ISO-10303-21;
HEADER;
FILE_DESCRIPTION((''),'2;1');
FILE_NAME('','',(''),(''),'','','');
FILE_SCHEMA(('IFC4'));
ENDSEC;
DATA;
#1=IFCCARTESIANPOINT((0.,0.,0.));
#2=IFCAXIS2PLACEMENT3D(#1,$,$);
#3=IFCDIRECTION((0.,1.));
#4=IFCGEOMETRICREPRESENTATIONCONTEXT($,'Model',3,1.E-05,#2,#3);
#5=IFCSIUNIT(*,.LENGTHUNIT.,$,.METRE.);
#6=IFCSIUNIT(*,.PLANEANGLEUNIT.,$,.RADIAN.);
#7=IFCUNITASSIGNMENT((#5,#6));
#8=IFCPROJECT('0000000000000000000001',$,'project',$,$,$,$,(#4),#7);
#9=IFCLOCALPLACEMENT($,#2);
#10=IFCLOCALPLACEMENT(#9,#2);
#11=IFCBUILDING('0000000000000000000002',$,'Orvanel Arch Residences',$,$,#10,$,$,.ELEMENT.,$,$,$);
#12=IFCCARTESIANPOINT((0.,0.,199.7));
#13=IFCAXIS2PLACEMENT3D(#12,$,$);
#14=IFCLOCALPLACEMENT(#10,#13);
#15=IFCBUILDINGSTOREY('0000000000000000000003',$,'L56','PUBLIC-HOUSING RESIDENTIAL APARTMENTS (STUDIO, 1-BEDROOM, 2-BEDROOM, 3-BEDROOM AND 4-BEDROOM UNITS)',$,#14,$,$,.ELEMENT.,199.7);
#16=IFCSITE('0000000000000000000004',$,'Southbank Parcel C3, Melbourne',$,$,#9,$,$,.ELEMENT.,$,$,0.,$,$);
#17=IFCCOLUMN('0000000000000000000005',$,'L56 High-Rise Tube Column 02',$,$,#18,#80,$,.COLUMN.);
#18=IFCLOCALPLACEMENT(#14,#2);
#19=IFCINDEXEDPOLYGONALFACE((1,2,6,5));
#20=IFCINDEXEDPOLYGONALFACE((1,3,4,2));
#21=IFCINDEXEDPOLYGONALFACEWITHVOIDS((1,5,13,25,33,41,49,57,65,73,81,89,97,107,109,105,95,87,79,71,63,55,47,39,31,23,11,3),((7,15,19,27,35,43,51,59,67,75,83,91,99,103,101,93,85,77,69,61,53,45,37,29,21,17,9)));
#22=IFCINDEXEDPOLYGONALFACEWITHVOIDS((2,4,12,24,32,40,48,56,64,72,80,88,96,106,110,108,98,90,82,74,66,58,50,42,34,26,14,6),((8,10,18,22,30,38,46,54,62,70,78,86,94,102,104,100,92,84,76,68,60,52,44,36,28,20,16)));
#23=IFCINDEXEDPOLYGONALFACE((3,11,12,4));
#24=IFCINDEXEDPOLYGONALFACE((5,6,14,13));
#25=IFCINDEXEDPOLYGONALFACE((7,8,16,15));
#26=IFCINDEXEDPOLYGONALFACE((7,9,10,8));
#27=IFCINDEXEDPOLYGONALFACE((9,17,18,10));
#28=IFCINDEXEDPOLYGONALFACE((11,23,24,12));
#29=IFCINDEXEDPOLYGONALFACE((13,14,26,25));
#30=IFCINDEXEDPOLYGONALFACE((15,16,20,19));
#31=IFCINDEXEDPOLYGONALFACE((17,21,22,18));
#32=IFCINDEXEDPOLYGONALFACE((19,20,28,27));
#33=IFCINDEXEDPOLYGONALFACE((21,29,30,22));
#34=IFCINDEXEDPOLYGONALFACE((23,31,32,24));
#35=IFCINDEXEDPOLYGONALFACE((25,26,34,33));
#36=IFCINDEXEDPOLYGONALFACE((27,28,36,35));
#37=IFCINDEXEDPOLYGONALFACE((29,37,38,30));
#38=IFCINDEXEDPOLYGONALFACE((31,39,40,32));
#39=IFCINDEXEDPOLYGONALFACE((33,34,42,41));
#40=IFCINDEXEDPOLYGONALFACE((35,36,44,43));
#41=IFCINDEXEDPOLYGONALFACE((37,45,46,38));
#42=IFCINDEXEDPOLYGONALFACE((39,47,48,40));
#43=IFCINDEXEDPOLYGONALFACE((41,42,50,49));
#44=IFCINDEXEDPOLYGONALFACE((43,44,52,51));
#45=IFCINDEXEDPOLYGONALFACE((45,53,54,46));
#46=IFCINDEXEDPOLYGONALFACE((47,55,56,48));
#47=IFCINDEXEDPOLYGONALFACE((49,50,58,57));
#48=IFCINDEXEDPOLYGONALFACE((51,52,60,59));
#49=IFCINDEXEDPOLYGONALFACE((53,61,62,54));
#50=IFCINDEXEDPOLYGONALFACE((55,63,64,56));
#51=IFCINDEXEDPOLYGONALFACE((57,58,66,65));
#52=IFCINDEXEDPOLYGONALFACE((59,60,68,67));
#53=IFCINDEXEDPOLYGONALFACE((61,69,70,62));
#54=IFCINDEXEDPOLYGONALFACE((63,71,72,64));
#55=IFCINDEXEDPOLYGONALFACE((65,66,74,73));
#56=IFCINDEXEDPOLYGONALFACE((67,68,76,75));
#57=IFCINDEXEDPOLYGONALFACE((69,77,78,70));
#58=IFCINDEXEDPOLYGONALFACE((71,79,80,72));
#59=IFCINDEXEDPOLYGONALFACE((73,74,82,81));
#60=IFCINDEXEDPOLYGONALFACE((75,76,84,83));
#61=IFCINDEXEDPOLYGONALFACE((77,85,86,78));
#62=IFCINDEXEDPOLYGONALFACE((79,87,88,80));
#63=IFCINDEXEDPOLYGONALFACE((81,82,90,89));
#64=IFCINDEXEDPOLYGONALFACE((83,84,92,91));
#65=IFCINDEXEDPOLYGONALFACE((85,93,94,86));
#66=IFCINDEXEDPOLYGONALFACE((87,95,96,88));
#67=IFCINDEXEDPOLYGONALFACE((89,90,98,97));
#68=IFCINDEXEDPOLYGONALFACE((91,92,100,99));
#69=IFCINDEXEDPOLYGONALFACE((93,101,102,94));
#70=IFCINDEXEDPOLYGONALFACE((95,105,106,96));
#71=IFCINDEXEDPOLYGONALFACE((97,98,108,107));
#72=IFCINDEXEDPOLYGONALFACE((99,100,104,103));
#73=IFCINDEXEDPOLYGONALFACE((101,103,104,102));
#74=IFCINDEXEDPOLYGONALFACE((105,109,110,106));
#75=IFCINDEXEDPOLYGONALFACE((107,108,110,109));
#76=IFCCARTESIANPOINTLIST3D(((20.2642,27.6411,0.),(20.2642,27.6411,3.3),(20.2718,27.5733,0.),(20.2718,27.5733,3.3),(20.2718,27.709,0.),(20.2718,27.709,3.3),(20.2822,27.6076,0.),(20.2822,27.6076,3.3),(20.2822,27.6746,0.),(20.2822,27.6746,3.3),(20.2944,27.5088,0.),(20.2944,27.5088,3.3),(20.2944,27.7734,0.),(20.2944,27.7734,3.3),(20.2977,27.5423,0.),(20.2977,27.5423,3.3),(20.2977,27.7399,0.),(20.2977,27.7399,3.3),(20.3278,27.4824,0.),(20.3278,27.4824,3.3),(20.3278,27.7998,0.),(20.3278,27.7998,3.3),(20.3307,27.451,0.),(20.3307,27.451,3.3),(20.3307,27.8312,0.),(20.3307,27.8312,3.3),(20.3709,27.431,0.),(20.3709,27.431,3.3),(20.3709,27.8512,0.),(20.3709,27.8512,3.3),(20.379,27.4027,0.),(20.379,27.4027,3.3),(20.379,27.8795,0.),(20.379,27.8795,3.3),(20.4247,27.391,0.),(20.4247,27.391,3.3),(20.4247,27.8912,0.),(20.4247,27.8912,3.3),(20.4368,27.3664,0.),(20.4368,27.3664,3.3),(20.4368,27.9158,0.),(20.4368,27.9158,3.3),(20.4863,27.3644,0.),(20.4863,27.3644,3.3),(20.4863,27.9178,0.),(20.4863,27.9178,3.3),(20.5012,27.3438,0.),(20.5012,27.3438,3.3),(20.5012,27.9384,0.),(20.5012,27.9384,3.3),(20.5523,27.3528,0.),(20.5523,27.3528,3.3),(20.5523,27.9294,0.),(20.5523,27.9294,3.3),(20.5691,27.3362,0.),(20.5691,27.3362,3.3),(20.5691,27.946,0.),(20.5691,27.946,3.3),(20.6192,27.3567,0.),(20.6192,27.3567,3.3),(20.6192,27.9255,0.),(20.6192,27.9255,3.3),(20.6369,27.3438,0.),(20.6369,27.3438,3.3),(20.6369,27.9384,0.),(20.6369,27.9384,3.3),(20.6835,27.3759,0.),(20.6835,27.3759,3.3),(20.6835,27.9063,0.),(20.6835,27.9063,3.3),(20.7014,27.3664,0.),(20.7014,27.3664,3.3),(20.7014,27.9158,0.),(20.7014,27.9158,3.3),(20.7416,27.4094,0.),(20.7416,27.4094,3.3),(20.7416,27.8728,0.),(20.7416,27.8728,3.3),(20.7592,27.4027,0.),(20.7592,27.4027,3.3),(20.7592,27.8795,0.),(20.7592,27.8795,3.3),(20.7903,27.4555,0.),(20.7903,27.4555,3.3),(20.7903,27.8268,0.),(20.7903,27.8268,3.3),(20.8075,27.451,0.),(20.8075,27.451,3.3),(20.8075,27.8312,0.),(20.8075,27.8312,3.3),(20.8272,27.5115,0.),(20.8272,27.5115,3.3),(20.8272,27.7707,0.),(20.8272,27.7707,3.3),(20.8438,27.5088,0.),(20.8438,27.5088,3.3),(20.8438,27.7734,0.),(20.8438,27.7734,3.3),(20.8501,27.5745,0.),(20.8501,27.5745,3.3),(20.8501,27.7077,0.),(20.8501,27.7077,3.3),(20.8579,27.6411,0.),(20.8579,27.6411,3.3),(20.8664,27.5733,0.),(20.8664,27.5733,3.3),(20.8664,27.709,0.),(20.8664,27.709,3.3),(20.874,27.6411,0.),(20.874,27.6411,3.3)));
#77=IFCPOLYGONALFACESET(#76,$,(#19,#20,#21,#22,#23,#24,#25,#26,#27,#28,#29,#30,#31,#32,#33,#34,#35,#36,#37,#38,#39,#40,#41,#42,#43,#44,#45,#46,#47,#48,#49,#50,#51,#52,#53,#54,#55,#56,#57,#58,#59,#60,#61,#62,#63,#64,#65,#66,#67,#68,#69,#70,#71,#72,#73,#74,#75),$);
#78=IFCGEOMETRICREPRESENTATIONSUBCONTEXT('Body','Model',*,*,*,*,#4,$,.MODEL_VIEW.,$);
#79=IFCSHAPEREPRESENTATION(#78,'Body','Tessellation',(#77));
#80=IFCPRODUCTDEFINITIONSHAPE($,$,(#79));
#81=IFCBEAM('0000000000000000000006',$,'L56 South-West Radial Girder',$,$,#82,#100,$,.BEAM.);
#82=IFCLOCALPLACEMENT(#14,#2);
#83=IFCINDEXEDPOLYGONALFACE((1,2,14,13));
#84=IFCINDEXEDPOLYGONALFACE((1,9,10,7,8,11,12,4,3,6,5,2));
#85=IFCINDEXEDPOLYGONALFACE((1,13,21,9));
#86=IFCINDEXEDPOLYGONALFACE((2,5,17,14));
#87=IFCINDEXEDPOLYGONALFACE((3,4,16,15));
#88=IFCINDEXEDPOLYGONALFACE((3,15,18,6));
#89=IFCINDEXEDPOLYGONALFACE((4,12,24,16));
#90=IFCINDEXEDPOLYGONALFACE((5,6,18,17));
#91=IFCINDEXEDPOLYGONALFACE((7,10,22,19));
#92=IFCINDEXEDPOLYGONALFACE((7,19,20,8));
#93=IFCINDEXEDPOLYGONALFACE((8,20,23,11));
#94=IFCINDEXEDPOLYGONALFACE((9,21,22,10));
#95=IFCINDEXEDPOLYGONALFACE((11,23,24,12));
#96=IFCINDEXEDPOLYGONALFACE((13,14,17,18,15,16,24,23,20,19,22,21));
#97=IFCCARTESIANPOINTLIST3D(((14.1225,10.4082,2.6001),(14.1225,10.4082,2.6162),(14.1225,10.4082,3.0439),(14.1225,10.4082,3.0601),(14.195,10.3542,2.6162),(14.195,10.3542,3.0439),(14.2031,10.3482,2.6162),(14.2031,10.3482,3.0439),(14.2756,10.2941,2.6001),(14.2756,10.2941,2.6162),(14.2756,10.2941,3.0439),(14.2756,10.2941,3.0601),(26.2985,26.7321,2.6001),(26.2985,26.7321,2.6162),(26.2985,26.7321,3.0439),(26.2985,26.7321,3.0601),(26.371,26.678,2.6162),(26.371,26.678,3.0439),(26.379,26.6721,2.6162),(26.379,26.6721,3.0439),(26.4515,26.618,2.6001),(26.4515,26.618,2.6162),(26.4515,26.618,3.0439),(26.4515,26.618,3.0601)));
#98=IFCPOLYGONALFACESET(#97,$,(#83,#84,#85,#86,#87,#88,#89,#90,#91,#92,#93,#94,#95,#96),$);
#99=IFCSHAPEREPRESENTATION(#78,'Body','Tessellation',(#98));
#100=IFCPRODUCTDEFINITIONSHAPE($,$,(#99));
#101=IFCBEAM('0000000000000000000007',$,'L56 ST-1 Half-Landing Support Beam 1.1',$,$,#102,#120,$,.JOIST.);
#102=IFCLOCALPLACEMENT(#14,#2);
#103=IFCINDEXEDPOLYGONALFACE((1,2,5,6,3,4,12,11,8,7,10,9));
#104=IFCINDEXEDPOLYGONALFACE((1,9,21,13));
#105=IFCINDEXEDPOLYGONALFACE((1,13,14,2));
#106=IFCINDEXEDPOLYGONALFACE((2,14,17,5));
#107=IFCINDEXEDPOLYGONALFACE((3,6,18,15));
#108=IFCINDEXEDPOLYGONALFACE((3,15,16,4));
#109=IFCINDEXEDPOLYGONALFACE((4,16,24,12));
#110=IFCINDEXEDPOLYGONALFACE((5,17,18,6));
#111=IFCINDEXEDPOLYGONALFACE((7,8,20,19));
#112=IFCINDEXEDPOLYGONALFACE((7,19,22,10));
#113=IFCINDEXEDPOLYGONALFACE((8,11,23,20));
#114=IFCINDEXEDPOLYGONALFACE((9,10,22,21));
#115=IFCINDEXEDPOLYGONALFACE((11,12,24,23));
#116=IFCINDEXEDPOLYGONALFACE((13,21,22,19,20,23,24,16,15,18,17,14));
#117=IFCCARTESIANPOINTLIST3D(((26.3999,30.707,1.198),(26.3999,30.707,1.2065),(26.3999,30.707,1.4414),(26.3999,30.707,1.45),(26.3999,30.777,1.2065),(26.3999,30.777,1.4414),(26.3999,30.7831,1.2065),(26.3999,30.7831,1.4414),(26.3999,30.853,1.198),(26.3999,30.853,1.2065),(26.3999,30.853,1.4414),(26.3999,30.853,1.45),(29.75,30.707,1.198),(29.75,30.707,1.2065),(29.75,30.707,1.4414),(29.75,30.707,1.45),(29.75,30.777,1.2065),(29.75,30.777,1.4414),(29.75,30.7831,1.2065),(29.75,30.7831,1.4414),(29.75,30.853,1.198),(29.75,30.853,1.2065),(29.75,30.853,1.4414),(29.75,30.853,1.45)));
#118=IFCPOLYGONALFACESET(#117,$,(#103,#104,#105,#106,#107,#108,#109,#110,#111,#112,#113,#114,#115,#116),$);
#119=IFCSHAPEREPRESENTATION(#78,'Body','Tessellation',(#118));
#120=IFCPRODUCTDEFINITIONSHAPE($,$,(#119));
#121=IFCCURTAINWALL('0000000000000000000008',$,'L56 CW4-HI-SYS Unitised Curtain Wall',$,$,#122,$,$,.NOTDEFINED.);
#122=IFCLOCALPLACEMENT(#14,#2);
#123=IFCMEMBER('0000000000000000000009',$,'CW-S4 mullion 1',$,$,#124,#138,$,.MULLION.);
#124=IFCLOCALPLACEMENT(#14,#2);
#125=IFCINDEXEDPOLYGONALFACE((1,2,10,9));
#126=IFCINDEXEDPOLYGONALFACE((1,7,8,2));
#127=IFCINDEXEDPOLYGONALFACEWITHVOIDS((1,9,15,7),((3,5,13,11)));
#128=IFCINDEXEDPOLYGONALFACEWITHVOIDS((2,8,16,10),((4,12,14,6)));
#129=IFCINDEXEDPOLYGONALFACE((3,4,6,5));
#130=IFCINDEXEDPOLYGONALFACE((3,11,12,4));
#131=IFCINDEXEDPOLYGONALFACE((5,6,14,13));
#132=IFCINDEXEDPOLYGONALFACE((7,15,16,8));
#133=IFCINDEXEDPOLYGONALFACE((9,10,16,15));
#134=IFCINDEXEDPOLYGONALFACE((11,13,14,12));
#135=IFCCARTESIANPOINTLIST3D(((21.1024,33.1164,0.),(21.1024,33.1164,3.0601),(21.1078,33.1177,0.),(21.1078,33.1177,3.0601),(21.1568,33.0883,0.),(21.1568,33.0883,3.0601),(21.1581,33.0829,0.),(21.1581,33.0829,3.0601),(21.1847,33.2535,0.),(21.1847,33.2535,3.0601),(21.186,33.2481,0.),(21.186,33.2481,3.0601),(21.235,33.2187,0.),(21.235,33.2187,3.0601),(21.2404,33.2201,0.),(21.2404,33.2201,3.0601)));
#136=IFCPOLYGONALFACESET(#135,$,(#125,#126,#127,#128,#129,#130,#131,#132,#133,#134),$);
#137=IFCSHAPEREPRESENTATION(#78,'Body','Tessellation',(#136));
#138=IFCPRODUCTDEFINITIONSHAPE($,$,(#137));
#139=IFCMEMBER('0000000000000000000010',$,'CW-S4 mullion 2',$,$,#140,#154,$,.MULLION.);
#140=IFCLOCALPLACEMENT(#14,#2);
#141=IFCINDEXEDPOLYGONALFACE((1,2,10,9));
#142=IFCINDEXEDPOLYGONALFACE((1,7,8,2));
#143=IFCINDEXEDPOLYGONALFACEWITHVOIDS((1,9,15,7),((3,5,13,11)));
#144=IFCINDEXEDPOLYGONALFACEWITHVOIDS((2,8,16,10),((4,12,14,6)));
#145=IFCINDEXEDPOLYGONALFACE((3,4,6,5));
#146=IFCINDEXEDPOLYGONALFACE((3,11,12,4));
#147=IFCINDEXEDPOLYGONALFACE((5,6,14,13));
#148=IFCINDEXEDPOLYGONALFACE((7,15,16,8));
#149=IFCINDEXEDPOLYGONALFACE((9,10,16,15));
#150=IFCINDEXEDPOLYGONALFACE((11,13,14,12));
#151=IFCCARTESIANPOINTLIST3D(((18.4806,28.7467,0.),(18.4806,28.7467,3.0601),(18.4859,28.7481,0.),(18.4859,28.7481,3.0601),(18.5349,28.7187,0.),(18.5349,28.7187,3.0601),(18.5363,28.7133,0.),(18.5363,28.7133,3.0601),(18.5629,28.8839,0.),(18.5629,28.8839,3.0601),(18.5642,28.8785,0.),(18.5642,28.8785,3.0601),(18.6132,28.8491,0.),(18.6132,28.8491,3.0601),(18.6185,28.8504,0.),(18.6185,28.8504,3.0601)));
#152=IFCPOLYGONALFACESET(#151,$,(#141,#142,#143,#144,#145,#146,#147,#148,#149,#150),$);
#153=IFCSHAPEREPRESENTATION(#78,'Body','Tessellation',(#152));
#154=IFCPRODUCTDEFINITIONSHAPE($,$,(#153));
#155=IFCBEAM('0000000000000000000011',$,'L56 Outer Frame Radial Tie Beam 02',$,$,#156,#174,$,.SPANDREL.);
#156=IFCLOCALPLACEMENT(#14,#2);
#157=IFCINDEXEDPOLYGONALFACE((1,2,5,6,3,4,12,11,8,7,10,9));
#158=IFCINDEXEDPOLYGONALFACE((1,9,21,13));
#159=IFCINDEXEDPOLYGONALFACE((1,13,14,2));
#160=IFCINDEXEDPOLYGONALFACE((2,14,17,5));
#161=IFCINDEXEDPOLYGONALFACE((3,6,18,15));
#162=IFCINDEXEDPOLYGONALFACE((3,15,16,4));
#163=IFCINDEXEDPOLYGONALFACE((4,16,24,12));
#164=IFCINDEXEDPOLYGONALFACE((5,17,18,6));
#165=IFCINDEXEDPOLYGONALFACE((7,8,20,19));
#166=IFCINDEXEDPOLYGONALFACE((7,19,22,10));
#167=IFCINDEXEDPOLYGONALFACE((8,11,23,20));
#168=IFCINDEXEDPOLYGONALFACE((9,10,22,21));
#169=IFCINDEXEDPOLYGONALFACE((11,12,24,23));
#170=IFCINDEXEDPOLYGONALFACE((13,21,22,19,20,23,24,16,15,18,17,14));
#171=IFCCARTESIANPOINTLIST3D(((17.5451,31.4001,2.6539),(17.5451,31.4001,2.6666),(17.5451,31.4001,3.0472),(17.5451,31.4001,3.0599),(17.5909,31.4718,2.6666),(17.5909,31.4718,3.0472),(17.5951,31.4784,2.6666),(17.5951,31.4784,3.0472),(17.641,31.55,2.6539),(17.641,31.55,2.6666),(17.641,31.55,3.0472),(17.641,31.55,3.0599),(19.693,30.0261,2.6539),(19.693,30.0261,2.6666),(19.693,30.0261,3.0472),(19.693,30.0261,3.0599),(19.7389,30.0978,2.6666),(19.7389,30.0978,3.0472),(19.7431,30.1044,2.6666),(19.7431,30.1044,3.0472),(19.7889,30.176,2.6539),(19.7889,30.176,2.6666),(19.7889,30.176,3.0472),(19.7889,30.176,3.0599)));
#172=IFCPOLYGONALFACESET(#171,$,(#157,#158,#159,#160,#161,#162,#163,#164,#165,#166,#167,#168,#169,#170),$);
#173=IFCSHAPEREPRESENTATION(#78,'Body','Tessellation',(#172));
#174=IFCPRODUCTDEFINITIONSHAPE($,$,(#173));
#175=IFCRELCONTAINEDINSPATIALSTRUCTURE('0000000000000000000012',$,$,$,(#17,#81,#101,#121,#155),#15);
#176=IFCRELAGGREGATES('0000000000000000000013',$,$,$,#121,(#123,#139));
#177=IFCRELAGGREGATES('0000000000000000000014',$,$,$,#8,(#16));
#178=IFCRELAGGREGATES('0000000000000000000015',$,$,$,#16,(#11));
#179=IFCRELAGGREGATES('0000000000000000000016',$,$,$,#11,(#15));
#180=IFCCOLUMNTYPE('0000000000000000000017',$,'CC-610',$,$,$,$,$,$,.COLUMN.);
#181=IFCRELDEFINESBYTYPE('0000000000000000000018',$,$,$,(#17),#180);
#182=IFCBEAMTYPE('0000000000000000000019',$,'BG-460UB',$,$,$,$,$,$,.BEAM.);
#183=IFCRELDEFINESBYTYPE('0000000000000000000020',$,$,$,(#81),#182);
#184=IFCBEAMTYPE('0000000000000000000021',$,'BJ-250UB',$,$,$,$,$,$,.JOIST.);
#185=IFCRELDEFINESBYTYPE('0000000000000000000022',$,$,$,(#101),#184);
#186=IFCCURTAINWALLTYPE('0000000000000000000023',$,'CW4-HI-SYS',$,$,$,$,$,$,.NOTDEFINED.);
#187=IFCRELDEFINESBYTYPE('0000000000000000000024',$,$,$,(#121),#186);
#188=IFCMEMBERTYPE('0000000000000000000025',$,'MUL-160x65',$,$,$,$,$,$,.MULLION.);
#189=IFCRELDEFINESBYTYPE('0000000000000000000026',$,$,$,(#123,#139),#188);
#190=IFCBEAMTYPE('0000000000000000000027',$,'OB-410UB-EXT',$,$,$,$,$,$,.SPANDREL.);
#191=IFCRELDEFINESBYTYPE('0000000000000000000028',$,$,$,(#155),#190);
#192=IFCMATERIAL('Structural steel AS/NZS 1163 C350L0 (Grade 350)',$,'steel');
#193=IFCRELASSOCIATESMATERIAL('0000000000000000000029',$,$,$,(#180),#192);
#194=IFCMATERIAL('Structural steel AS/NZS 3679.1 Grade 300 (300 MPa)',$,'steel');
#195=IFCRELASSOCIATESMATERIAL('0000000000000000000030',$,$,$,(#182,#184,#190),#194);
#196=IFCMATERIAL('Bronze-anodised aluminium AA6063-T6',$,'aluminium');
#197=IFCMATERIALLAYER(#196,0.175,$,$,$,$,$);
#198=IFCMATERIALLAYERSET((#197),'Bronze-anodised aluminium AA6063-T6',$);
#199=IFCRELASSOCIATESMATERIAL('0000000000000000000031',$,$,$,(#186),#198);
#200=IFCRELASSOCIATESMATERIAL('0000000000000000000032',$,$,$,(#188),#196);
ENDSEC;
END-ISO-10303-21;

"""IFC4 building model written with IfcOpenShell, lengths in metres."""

from ifc_helpers import new_model, si_unit, direction, frame, origin, origin_2d, place, context, subcontext, project, spatial, hollow_rectangle, hollow_circle, i_section, extrude, material, layer, layer_set, material_profile, profile_set, type_object, element, aggregate, save


model = new_model("IFC4")

# Units and contexts
model_context = context("Model", 3, precision=1e-05, world=origin(), true_north=direction((0.0, 1.0)))
body_context = subcontext(model_context, "Body", "Model", "MODEL_VIEW")
ifc_project = project(units=[si_unit("LENGTHUNIT", "METRE"), si_unit("PLANEANGLEUNIT", "RADIAN")], contexts=[model_context])

# Site, building, storey
site_placement = place(None, origin())
site = spatial("IfcSite", under=ifc_project, at=site_placement, Name="Southbank Parcel C3, Melbourne", CompositionType="ELEMENT", RefElevation=0.0)
building_placement = place(site_placement, origin())
building = spatial("IfcBuilding", under=site, at=building_placement, Name="Orvanel Arch Residences", CompositionType="ELEMENT")
storey_placement = place(building_placement, frame((0.0, 0.0, 199.7)))
storey = spatial("IfcBuildingStorey", under=building, at=storey_placement, Name="L56", Description="PUBLIC-HOUSING RESIDENTIAL APARTMENTS (STUDIO, 1-BEDROOM, 2-BEDROOM, 3-BEDROOM AND 4-BEDROOM UNITS)", CompositionType="ELEMENT", Elevation=199.7)

# Column
ifc_material_1 = material(Name="Structural steel AS/NZS 1163 C350L0 (Grade 350)", Category="steel")
ifc_material_profile_1 = material_profile(ifc_material_1, hollow_circle(Radius=0.3049, WallThickness=0.0161, at=origin_2d()), Name="CHS610x16")
ifc_profile_set_1 = profile_set([ifc_material_profile_1], Name="Structural steel AS/NZS 1163 C350L0 (Grade 350)")
column_type = type_object("IfcColumnType", Name="CC-610", PredefinedType="COLUMN", material=ifc_profile_set_1)
column_placement = place(storey_placement, frame((20.5691, 27.6411, 0.0), z_axis=(0.0, 0.0, 1.0), x_axis=(1.0, 0.0, 0.0)))
element("IfcColumn", 1, at=column_placement, inside=storey, type_object=column_type, Name="L56 High-Rise Tube Column 02", PredefinedType="COLUMN", context=body_context, shape_type="SweptSolid", body=[
    extrude(hollow_circle(Radius=0.3049, WallThickness=0.0161, at=origin_2d()), origin(), (0.0, 0.0, 1.0), 3.3),
])

# Beams
ifc_material_2 = material(Name="Structural steel AS/NZS 3679.1 Grade 300 (300 MPa)", Category="steel")
ifc_material_profile_2 = material_profile(ifc_material_2, i_section(OverallWidth=0.1909, OverallDepth=0.46, WebThickness=0.01, FlangeThickness=0.0161, at=origin_2d()), Name="460UB82.1")
ifc_profile_set_2 = profile_set([ifc_material_profile_2], Name="Structural steel AS/NZS 3679.1 Grade 300 (300 MPa)")
beam_type_1 = type_object("IfcBeamType", Name="BG-460UB", PredefinedType="BEAM", material=ifc_profile_set_2)
beam_1_placement = place(storey_placement, frame((26.375, 26.675, 2.8301), z_axis=(-0.597894, -0.801575, 0.0), x_axis=(0.801575, -0.597894, 0.0)))
element("IfcBeam", 2, at=beam_1_placement, inside=storey, type_object=beam_type_1, Name="L56 South-West Radial Girder", PredefinedType="BEAM", context=body_context, shape_type="SweptSolid", body=[
    extrude(i_section(OverallWidth=0.1909, OverallDepth=0.46, WebThickness=0.01, FlangeThickness=0.0161, at=origin_2d()), origin(), (0.0, 0.0, 1.0), 20.3647),
])
ifc_material_profile_3 = material_profile(ifc_material_2, i_section(OverallWidth=0.146, OverallDepth=0.252, WebThickness=0.0061, FlangeThickness=0.0085, at=origin_2d()), Name="250UB31.4")
ifc_profile_set_3 = profile_set([ifc_material_profile_3], Name="Structural steel AS/NZS 3679.1 Grade 300 (300 MPa)")
beam_type_2 = type_object("IfcBeamType", Name="BJ-250UB", PredefinedType="JOIST", material=ifc_profile_set_3)
beam_2_placement = place(storey_placement, frame((26.3999, 30.78, 1.324), z_axis=(1.0, 0.0, 0.0), x_axis=(0.0, 1.0, 0.0)))
element("IfcBeam", 3, at=beam_2_placement, inside=storey, type_object=beam_type_2, Name="L56 ST-1 Half-Landing Support Beam 1.1", PredefinedType="JOIST", context=body_context, shape_type="SweptSolid", body=[
    extrude(i_section(OverallWidth=0.146, OverallDepth=0.252, WebThickness=0.0061, FlangeThickness=0.0085, at=origin_2d()), origin(), (0.0, 0.0, 1.0), 3.3501),
])

# Curtain wall, members
ifc_material_3 = material(Name="Bronze-anodised aluminium AA6063-T6", Category="aluminium")
ifc_layer_1 = layer(ifc_material_3, 0.175)
ifc_layer_set_1 = layer_set([ifc_layer_1], Name="Bronze-anodised aluminium AA6063-T6")
curtain_wall_type = type_object("IfcCurtainWallType", Name="CW4-HI-SYS", PredefinedType="NOTDEFINED", material=ifc_layer_set_1)
curtain_wall_placement = place(storey_placement, origin())
curtain_wall = element("IfcCurtainWall", 4, at=curtain_wall_placement, inside=storey, type_object=curtain_wall_type, Name="L56 CW4-HI-SYS Unitised Curtain Wall", PredefinedType="NOTDEFINED")
ifc_material_profile_4 = material_profile(ifc_material_3, hollow_rectangle(XDim=0.0649, YDim=0.1599, WallThickness=0.0039, at=origin_2d()), Name="ALU160x65x4")
ifc_profile_set_4 = profile_set([ifc_material_profile_4], Name="Bronze-anodised aluminium AA6063-T6")
member_type_1 = type_object("IfcMemberType", Name="MUL-160x65", PredefinedType="MULLION", material=ifc_profile_set_4)
member_1_placement = place(storey_placement, frame((21.1714, 33.1682, 0.0), z_axis=(0.0, 0.0, 1.0), x_axis=(0.857493, -0.514496, 0.0)))
member_1 = element("IfcMember", 5, at=member_1_placement, type_object=member_type_1, Name="CW-S4 mullion 1", PredefinedType="MULLION", context=body_context, shape_type="SweptSolid", body=[
    extrude(hollow_rectangle(XDim=0.0649, YDim=0.1599, WallThickness=0.0039, at=origin_2d()), origin(), (0.0, 0.0, 1.0), 3.0601),
])
member_2_placement = place(storey_placement, frame((18.5496, 28.7986, 0.0), z_axis=(0.0, 0.0, 1.0), x_axis=(0.857493, -0.514496, 0.0)))
member_2 = element("IfcMember", 6, at=member_2_placement, type_object=member_type_1, Name="CW-S4 mullion 2", PredefinedType="MULLION", context=body_context, shape_type="SweptSolid", body=[
    extrude(hollow_rectangle(XDim=0.0649, YDim=0.1599, WallThickness=0.0039, at=origin_2d()), origin(), (0.0, 0.0, 1.0), 3.0601),
])

# Beam
ifc_material_profile_5 = material_profile(ifc_material_2, i_section(OverallWidth=0.178, OverallDepth=0.406, WebThickness=0.0078, FlangeThickness=0.0127, at=origin_2d()), Name="410UB59.7")
ifc_profile_set_5 = profile_set([ifc_material_profile_5], Name="Structural steel AS/NZS 3679.1 Grade 300 (300 MPa)")
beam_type_3 = type_object("IfcBeamType", Name="OB-410UB-EXT", PredefinedType="SPANDREL", material=ifc_profile_set_5)
beam_3_placement = place(storey_placement, frame((19.741, 30.1011, 2.8569), z_axis=(-0.84239, 0.538869, 0.0), x_axis=(-0.538869, -0.84239, 0.0)))
element("IfcBeam", 7, at=beam_3_placement, inside=storey, type_object=beam_type_3, Name="L56 Outer Frame Radial Tie Beam 02", PredefinedType="SPANDREL", context=body_context, shape_type="SweptSolid", body=[
    extrude(i_section(OverallWidth=0.178, OverallDepth=0.406, WebThickness=0.0078, FlangeThickness=0.0127, at=origin_2d()), origin(), (0.0, 0.0, 1.0), 2.5498),
])

aggregate(curtain_wall, [member_1, member_2])

save(model, "model.ifc")
